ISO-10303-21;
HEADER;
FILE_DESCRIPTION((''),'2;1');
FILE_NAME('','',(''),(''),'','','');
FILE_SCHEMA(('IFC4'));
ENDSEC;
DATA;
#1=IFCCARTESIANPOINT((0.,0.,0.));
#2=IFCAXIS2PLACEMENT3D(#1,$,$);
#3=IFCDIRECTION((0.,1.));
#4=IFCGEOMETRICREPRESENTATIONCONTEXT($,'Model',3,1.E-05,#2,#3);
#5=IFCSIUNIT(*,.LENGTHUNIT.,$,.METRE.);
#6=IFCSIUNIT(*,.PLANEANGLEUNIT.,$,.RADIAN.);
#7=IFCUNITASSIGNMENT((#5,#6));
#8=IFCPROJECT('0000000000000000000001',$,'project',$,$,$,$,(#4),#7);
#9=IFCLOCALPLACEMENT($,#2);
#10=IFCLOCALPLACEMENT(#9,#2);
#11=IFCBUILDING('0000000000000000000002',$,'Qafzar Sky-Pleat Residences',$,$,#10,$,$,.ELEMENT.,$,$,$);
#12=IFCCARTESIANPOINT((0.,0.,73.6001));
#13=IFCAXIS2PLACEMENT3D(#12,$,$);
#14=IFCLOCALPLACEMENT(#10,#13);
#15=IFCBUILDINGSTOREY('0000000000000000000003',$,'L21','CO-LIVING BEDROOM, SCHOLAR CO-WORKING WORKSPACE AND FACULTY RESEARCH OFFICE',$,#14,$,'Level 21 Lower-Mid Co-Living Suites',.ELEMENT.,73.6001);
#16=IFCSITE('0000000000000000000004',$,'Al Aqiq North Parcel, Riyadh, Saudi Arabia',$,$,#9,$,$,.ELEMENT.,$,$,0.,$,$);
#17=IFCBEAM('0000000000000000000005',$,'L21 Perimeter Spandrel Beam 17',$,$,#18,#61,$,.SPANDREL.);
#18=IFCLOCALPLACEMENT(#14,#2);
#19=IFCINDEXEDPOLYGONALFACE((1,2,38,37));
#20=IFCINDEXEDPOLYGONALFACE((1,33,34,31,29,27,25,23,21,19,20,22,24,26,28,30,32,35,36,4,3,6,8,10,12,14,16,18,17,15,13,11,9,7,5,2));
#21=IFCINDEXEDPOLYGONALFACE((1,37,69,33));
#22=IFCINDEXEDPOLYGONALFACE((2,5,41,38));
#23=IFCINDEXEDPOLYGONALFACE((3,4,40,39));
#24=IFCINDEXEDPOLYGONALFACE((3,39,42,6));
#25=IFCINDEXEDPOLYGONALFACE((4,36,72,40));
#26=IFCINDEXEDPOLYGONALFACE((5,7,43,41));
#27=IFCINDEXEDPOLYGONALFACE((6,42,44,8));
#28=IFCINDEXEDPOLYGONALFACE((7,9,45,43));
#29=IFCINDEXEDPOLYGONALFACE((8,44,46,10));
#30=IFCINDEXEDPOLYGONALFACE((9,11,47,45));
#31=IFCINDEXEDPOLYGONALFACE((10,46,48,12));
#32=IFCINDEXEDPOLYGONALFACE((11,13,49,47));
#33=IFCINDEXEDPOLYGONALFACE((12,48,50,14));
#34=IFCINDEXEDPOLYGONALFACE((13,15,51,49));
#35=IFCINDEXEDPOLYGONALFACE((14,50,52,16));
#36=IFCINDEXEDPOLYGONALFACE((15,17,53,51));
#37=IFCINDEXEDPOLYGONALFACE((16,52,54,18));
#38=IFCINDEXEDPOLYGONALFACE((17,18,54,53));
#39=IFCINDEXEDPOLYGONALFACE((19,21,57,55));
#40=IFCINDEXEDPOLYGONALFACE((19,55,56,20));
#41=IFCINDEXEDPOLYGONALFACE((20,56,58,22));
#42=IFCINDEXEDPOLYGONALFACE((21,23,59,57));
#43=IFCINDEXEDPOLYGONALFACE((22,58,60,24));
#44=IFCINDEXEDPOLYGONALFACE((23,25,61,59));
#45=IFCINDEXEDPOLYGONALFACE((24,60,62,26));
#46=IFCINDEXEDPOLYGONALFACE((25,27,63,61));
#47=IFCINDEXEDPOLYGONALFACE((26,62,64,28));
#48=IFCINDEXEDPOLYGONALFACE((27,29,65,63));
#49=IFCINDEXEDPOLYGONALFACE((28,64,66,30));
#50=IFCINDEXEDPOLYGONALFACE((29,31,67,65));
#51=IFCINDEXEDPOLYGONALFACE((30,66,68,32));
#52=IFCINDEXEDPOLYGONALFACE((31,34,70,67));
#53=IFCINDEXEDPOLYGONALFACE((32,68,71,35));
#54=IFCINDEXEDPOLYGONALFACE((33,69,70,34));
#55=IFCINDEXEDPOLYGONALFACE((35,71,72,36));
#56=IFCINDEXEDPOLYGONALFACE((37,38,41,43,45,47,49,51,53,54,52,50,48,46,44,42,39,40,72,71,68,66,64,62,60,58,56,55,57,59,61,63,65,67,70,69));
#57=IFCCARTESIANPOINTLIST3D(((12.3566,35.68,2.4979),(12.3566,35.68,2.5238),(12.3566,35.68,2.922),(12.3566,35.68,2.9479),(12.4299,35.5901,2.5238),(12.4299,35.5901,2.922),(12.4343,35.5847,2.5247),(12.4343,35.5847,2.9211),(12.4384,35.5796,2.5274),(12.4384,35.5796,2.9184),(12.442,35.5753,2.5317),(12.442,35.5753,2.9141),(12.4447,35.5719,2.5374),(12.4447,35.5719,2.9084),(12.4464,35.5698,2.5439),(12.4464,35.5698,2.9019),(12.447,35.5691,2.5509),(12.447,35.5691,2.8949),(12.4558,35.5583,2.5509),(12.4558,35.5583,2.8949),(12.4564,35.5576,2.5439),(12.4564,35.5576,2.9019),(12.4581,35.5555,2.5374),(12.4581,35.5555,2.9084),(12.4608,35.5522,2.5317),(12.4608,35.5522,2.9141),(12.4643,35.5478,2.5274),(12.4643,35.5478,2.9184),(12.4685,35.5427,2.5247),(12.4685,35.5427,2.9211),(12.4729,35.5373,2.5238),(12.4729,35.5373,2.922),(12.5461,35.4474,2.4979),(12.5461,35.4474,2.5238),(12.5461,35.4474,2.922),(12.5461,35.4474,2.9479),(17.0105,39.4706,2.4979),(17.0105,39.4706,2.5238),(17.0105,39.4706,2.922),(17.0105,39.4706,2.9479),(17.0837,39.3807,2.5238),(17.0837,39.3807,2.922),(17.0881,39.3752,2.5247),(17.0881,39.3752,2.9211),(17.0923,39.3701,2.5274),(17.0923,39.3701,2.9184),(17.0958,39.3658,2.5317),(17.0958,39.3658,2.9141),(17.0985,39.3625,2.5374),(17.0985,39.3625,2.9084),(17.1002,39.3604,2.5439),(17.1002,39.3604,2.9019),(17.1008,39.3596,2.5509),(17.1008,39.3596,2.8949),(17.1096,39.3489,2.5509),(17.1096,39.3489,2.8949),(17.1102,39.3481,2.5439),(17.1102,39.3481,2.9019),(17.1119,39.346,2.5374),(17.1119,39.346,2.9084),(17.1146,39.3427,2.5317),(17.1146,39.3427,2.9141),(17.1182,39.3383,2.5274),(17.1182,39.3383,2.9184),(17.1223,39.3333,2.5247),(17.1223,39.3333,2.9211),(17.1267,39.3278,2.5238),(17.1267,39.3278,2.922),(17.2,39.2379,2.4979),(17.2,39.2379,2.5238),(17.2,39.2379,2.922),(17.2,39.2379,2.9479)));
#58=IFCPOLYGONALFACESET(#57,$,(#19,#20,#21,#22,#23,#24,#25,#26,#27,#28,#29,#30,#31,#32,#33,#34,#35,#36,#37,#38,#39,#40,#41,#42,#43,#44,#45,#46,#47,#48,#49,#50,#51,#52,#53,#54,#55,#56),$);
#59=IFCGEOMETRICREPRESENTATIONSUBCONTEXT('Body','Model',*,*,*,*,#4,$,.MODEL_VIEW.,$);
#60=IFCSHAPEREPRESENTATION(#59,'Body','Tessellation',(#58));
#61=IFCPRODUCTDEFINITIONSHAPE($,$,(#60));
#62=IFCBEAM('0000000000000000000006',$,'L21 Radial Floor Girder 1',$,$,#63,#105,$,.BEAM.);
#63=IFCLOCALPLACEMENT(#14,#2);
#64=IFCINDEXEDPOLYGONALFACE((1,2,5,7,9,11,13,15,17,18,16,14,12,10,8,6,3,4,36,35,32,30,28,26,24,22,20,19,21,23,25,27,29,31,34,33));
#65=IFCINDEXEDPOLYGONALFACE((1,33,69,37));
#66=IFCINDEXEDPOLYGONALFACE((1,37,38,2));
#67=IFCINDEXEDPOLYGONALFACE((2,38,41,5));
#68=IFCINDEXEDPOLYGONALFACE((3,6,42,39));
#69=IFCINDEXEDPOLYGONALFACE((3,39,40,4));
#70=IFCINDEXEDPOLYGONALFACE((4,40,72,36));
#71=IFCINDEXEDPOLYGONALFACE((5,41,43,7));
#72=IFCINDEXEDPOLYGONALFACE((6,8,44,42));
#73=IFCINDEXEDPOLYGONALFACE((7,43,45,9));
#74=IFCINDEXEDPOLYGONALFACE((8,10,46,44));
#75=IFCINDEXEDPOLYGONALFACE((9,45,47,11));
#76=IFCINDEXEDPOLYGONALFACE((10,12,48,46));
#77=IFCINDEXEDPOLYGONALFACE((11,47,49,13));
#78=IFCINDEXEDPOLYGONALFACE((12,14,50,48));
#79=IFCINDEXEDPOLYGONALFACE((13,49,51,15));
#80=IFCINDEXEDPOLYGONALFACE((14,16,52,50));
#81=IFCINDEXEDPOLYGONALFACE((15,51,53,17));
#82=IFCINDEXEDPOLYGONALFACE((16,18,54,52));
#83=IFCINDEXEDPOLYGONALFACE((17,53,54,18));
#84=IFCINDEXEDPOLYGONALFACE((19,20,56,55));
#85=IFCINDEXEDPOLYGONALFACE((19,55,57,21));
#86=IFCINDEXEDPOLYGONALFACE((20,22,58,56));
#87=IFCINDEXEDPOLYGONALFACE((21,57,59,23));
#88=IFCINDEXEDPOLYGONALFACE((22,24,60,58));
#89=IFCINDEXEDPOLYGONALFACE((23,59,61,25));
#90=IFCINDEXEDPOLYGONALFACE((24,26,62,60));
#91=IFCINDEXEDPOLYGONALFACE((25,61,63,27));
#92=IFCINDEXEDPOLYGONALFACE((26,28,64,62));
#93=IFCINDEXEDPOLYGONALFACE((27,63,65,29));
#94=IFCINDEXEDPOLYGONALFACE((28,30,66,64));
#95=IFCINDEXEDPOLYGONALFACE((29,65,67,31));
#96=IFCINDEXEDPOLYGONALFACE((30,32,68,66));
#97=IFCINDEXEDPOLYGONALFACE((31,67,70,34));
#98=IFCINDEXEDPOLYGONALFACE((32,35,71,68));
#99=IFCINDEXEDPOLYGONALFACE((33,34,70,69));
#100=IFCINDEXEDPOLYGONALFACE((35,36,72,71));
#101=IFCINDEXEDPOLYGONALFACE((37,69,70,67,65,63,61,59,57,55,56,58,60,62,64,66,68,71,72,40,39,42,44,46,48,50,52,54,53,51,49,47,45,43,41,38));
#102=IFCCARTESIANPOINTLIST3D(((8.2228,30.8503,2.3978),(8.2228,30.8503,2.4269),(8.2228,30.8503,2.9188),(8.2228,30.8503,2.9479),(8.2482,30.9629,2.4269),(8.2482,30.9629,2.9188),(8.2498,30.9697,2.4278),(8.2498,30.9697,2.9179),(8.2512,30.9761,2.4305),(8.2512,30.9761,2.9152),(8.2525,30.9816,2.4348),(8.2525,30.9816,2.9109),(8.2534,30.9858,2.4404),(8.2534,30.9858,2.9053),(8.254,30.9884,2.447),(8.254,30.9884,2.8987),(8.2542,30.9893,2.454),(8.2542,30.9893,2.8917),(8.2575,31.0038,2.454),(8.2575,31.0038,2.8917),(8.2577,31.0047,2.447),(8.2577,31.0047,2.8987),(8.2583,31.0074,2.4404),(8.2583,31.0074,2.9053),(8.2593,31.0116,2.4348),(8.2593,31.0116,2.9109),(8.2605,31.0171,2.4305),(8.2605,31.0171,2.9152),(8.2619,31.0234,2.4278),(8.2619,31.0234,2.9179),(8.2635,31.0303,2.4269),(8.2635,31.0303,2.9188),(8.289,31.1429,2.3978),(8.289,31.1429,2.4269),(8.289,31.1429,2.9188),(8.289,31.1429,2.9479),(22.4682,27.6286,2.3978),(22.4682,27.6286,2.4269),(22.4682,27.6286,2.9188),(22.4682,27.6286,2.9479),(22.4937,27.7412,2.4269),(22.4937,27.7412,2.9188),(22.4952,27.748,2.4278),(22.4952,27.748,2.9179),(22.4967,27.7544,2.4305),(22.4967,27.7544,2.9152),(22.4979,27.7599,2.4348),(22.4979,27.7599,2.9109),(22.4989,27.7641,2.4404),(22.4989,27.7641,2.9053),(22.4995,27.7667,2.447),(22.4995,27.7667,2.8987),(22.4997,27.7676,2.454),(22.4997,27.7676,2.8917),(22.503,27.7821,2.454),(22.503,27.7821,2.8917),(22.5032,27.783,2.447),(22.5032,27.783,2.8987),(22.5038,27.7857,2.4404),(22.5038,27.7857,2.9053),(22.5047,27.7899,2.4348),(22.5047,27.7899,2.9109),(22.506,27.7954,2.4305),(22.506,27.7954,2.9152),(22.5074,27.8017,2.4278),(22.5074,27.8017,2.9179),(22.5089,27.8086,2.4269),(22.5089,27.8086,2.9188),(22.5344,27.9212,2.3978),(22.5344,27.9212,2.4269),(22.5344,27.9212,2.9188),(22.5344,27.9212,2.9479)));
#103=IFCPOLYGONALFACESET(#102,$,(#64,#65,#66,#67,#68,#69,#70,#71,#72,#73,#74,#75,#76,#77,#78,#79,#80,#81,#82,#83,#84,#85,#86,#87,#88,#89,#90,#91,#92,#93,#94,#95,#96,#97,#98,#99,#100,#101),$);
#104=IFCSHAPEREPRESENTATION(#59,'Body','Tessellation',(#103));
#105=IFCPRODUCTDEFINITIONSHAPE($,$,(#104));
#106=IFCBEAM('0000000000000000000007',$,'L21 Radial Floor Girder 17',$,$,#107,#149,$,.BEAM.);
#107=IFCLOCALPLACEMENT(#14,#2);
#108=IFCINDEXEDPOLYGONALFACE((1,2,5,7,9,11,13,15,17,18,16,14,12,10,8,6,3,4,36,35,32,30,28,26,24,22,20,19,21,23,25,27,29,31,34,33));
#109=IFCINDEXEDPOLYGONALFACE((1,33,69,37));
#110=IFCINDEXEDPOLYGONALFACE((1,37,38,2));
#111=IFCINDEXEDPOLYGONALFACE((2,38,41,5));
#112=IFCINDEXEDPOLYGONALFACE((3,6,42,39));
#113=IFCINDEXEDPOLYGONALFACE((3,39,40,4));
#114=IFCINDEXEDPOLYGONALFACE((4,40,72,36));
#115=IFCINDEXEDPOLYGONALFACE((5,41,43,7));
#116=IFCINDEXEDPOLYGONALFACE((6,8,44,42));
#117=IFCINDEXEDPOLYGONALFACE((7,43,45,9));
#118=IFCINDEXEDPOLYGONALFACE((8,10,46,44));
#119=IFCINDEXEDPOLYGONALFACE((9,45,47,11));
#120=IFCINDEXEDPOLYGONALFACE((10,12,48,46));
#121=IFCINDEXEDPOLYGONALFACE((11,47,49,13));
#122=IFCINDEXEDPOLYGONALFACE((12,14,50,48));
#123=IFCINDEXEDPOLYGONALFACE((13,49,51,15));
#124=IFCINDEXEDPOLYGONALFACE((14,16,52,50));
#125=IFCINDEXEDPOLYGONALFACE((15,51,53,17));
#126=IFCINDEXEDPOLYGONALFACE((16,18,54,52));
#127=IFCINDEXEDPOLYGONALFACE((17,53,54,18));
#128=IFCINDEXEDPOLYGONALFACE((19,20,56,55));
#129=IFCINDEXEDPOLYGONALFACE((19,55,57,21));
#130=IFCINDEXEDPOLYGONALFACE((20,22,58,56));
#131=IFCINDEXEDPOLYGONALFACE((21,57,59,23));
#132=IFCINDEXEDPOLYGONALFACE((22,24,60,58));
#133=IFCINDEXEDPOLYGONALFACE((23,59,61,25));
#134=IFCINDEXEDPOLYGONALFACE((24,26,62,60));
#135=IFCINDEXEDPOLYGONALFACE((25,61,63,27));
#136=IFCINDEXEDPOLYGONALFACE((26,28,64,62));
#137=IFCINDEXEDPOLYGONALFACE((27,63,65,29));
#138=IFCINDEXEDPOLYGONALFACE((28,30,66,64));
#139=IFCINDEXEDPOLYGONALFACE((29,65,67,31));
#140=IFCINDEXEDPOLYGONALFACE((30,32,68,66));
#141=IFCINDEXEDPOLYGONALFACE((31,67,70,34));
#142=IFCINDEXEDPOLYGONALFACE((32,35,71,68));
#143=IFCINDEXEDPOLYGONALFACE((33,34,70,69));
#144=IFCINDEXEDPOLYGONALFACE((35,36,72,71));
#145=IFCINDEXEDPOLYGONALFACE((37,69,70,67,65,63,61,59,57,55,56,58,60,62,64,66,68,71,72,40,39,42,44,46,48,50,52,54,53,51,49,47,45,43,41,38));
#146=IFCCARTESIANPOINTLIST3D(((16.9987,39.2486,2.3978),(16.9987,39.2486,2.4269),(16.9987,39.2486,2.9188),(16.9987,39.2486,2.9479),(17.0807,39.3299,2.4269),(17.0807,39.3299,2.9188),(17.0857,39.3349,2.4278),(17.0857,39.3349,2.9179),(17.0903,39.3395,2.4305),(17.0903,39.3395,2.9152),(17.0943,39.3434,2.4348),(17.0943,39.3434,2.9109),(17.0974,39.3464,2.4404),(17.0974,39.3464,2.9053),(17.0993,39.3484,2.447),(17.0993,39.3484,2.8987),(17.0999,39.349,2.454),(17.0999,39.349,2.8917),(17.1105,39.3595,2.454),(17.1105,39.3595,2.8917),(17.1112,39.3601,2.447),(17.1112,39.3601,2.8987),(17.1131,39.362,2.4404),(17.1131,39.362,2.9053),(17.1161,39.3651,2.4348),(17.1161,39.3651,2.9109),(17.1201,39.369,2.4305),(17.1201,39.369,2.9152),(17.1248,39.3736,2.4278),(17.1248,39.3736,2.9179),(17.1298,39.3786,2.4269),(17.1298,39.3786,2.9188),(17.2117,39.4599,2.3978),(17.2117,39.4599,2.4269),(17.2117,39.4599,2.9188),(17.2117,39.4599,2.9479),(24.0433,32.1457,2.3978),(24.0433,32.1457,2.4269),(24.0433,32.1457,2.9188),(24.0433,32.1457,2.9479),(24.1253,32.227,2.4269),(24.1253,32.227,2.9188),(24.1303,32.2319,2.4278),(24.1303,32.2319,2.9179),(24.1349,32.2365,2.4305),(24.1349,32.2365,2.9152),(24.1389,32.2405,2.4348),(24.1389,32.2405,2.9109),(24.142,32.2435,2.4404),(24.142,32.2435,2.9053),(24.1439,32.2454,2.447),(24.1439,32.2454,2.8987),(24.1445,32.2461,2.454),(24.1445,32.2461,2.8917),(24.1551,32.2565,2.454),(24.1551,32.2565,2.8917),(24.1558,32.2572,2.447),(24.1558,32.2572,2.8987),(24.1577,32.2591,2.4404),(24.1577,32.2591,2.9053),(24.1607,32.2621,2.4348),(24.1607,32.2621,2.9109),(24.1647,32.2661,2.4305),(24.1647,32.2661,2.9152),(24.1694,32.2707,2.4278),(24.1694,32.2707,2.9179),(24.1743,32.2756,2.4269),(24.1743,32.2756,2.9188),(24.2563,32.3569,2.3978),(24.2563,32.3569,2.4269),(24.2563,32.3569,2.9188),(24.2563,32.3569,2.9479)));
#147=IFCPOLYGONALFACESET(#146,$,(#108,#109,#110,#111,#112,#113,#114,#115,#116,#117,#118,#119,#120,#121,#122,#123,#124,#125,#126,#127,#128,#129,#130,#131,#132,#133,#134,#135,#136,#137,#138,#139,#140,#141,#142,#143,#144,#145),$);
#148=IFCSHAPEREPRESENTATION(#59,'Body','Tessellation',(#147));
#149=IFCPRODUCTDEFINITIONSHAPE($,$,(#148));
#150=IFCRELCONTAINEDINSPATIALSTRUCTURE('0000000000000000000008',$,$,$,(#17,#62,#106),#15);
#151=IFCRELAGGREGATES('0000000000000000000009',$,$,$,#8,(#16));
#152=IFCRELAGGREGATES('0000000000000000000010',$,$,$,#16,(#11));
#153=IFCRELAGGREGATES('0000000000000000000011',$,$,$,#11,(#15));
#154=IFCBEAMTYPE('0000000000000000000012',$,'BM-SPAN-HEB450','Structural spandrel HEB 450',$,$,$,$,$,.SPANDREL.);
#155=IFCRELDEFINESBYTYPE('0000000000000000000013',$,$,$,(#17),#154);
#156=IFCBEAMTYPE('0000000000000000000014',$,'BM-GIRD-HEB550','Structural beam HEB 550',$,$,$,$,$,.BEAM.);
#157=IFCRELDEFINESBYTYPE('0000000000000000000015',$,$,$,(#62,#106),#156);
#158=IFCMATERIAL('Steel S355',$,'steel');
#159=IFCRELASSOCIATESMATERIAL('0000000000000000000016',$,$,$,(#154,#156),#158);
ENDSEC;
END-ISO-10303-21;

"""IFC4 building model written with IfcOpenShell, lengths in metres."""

from ifc_helpers import new_model, si_unit, direction, frame, origin, origin_2d, place, context, subcontext, project, spatial, i_section, extrude, source, transform, mapped, material, material_profile, profile_set, type_object, element, save


model = new_model("IFC4")

# Units and contexts
model_context = context("Model", 3, precision=1e-05, world=origin(), true_north=direction((0.0, 1.0)))
body_context = subcontext(model_context, "Body", "Model", "MODEL_VIEW")
ifc_project = project(units=[si_unit("LENGTHUNIT", "METRE"), si_unit("PLANEANGLEUNIT", "RADIAN")], contexts=[model_context])

# Site, building, storey
site_placement = place(None, origin())
site = spatial("IfcSite", under=ifc_project, at=site_placement, Name="Al Aqiq North Parcel, Riyadh, Saudi Arabia", CompositionType="ELEMENT", RefElevation=0.0)
building_placement = place(site_placement, origin())
building = spatial("IfcBuilding", under=site, at=building_placement, Name="Qafzar Sky-Pleat Residences", CompositionType="ELEMENT")
storey_placement = place(building_placement, frame((0.0, 0.0, 73.6001)))
storey = spatial("IfcBuildingStorey", under=building, at=storey_placement, Name="L21", Description="CO-LIVING BEDROOM, SCHOLAR CO-WORKING WORKSPACE AND FACULTY RESEARCH OFFICE", LongName="Level 21 Lower-Mid Co-Living Suites", CompositionType="ELEMENT", Elevation=73.6001)

# Beams
ifc_material_1 = material(Name="Steel S355", Category="steel")
ifc_material_profile_1 = material_profile(ifc_material_1, i_section(OverallWidth=0.3, OverallDepth=0.45, WebThickness=0.0139, FlangeThickness=0.0259, FilletRadius=0.0271, at=origin_2d()), Name="HEB 450")
ifc_profile_set_1 = profile_set([ifc_material_profile_1], Name="Steel S355")
beam_type_1 = type_object("IfcBeamType", Name="BM-SPAN-HEB450", Description="Structural spandrel HEB 450", PredefinedType="SPANDREL", material=ifc_profile_set_1)
shared_shape_1 = source(origin(), body_context, "Body", "SweptSolid", [
    extrude(i_section(OverallWidth=0.3, OverallDepth=0.45, WebThickness=0.0139, FlangeThickness=0.0259, FilletRadius=0.0271, at=origin_2d()), origin(), (0.0, 0.0, 1.0), 6.0022),
])
beam_1_placement = place(storey_placement, frame((17.1052, 39.3542, 2.7229), z_axis=(-0.775354, -0.631526, 0.0), x_axis=(0.631526, -0.775354, 0.0)))
element("IfcBeam", 1, at=beam_1_placement, inside=storey, type_object=beam_type_1, Name="L21 Perimeter Spandrel Beam 17", PredefinedType="SPANDREL", context=body_context, shape_type="MappedRepresentation", body=[
    mapped(shared_shape_1, transform((0.0, 0.0, 0.0), x_axis=(1.0, 0.0, 0.0), y_axis=(0.0, 1.0, 0.0), z_axis=(0.0, 0.0, 1.0), scale=1.0)),
])
ifc_material_profile_2 = material_profile(ifc_material_1, i_section(OverallWidth=0.3, OverallDepth=0.55, WebThickness=0.0149, FlangeThickness=0.0291, FilletRadius=0.0271, at=origin_2d()), Name="HEB 550")
ifc_profile_set_2 = profile_set([ifc_material_profile_2], Name="Steel S355")
beam_type_2 = type_object("IfcBeamType", Name="BM-GIRD-HEB550", Description="Structural beam HEB 550", PredefinedType="BEAM", material=ifc_profile_set_2)
shared_shape_2 = source(origin(), body_context, "Body", "SweptSolid", [
    extrude(i_section(OverallWidth=0.3, OverallDepth=0.55, WebThickness=0.0149, FlangeThickness=0.0291, FilletRadius=0.0271, at=origin_2d()), origin(), (0.0, 0.0, 1.0), 14.6052),
])
beam_2_placement = place(storey_placement, frame((8.2559, 30.9966, 2.6729), z_axis=(0.975368, -0.220586, 0.0), x_axis=(0.220586, 0.975368, 0.0)))
element("IfcBeam", 2, at=beam_2_placement, inside=storey, type_object=beam_type_2, Name="L21 Radial Floor Girder 1", PredefinedType="BEAM", context=body_context, shape_type="MappedRepresentation", body=[
    mapped(shared_shape_2, transform((0.0, 0.0, 0.0), x_axis=(1.0, 0.0, 0.0), y_axis=(0.0, 1.0, 0.0), z_axis=(0.0, 0.0, 1.0), scale=1.0)),
])
shared_shape_3 = source(origin(), body_context, "Body", "SweptSolid", [
    extrude(i_section(OverallWidth=0.3, OverallDepth=0.55, WebThickness=0.0149, FlangeThickness=0.0291, FilletRadius=0.0271, at=origin_2d()), origin(), (0.0, 0.0, 1.0), 10.0039),
])
beam_3_placement = place(storey_placement, frame((17.1052, 39.3542, 2.6729), z_axis=(0.704184, -0.710017, 0.0), x_axis=(0.710017, 0.704184, 0.0)))
element("IfcBeam", 3, at=beam_3_placement, inside=storey, type_object=beam_type_2, Name="L21 Radial Floor Girder 17", PredefinedType="BEAM", context=body_context, shape_type="MappedRepresentation", body=[
    mapped(shared_shape_3, transform((0.0, 0.0, 0.0), x_axis=(1.0, 0.0, 0.0), y_axis=(0.0, 1.0, 0.0), z_axis=(0.0, 0.0, 1.0), scale=1.0)),
])

save(model, "model.ifc")
